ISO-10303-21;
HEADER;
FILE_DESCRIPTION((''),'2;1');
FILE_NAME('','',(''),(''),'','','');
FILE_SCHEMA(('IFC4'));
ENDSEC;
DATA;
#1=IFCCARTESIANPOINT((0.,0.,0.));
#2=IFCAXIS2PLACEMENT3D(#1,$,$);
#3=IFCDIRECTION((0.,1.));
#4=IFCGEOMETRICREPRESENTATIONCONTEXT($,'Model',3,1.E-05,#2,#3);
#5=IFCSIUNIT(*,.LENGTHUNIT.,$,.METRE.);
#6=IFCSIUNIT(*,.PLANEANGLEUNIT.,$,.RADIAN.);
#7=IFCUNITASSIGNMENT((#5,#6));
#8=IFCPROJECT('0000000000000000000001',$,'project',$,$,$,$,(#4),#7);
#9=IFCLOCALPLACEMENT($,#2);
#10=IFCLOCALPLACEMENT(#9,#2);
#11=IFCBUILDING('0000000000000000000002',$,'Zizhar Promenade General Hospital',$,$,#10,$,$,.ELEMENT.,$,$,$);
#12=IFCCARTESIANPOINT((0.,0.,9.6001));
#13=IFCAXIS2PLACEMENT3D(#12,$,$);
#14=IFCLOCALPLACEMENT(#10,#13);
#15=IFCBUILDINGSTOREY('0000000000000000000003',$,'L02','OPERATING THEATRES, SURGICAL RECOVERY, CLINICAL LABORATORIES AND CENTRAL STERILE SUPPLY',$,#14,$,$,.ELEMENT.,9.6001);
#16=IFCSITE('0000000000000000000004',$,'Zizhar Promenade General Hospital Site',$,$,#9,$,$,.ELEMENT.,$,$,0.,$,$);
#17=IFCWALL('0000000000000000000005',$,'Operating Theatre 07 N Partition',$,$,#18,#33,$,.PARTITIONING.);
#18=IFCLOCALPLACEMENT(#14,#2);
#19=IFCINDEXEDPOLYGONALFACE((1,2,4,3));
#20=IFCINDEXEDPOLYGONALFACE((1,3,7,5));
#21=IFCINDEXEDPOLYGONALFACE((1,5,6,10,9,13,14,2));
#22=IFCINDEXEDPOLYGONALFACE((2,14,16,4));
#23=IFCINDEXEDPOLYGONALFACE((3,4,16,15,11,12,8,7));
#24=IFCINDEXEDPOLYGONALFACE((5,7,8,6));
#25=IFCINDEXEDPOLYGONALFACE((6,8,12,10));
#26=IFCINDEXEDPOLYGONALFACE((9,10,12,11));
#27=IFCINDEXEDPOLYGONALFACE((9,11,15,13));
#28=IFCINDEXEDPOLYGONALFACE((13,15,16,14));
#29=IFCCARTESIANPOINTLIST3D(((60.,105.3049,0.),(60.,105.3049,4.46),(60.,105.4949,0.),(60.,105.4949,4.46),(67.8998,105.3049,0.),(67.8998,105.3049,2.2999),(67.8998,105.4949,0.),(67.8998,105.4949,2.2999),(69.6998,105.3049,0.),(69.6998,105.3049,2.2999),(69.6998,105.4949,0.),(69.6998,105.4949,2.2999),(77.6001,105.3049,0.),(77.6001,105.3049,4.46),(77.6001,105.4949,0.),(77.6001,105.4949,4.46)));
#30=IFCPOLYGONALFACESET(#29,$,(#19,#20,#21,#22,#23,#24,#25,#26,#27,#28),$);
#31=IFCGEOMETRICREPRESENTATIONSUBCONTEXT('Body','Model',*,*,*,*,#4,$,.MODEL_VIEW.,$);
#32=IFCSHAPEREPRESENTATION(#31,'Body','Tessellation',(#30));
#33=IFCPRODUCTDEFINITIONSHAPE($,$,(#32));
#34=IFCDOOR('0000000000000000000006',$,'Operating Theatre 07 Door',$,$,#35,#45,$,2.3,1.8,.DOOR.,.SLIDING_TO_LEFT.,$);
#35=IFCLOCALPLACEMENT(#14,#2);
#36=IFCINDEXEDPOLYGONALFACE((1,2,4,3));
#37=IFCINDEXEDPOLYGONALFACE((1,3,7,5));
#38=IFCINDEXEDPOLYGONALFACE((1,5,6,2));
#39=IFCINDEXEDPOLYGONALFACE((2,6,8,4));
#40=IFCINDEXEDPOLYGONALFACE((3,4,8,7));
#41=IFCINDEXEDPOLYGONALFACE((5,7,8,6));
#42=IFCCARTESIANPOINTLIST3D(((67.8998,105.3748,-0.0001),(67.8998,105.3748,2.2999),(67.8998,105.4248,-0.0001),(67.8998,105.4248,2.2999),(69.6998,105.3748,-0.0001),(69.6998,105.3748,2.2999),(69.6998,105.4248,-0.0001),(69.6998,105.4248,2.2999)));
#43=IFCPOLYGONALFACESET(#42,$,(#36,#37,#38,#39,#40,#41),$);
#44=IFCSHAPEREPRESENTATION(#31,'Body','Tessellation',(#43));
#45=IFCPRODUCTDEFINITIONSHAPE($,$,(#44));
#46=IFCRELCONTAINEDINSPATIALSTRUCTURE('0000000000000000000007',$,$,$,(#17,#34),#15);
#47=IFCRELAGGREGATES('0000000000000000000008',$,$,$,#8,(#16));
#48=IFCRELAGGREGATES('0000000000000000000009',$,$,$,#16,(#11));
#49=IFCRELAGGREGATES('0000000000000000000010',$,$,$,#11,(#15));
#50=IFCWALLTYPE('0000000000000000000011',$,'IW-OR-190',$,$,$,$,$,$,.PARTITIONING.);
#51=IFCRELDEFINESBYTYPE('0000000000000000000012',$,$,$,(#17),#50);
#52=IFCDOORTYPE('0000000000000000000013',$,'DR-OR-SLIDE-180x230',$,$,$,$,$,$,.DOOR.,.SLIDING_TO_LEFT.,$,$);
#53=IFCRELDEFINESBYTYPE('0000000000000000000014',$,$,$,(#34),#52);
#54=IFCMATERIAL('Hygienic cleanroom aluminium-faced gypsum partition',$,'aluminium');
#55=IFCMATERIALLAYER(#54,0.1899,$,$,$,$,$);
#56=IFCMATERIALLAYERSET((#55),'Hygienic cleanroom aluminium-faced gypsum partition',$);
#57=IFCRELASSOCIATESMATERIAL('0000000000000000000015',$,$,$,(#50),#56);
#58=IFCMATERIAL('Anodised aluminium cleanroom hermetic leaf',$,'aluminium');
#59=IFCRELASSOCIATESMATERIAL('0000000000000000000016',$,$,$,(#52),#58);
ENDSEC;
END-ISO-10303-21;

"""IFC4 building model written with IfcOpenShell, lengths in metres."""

from ifc_helpers import new_model, si_unit, direction, frame, frame_2d, origin, place, context, subcontext, project, spatial, rectangle, extrude, material, layer, layer_set, type_object, element, fill, save


model = new_model("IFC4")

# Units and contexts
model_context = context("Model", 3, precision=1e-05, world=origin(), true_north=direction((0.0, 1.0)))
body_context = subcontext(model_context, "Body", "Model", "MODEL_VIEW")
ifc_project = project(units=[si_unit("LENGTHUNIT", "METRE"), si_unit("PLANEANGLEUNIT", "RADIAN")], contexts=[model_context])

# Site, building, storey
site_placement = place(None, origin())
site = spatial("IfcSite", under=ifc_project, at=site_placement, Name="Zizhar Promenade General Hospital Site", CompositionType="ELEMENT", RefElevation=0.0)
building_placement = place(site_placement, origin())
building = spatial("IfcBuilding", under=site, at=building_placement, Name="Zizhar Promenade General Hospital", CompositionType="ELEMENT")
storey_placement = place(building_placement, frame((0.0, 0.0, 9.6001)))
storey = spatial("IfcBuildingStorey", under=building, at=storey_placement, Name="L02", Description="OPERATING THEATRES, SURGICAL RECOVERY, CLINICAL LABORATORIES AND CENTRAL STERILE SUPPLY", CompositionType="ELEMENT", Elevation=9.6001)

# Shared definitions
ifc_material_1 = material(Name="Hygienic cleanroom aluminium-faced gypsum partition", Category="aluminium")
ifc_layer_1 = layer(ifc_material_1, 0.1899)
ifc_layer_set_1 = layer_set([ifc_layer_1], Name="Hygienic cleanroom aluminium-faced gypsum partition")
wall_type = type_object("IfcWallType", Name="IW-OR-190", PredefinedType="PARTITIONING", material=ifc_layer_set_1)

# Wall, opening, door
wall_1_placement = place(storey_placement, frame((60.0, 105.3999, 0.0), z_axis=(0.0, 0.0, 1.0), x_axis=(1.0, 0.0, 0.0)))
wall_1 = element("IfcWall", 1, at=wall_1_placement, inside=storey, type_object=wall_type, Name="Operating Theatre 07 N Partition", PredefinedType="PARTITIONING", context=body_context, shape_type="SweptSolid", body=[
    extrude(rectangle(XDim=17.6001, YDim=0.1899, at=frame_2d((8.8, 0.0))), origin(), (0.0, 0.0, 1.0), 4.46),
])
opening_placement = place(wall_1_placement, frame((7.8999, 0.0, 0.0)))
opening = element("IfcOpeningElement", 2, at=opening_placement, cuts=wall_1, PredefinedType="OPENING", context=body_context, shape_type="SweptSolid", body=[
    extrude(rectangle(XDim=1.8, YDim=2.3, at=frame_2d((0.8999, 1.1499))), frame((0.0, 0.105, 0.0), z_axis=(0.0, -1.0, 0.0), x_axis=(1.0, 0.0, 0.0)), (0.0, 0.0, 1.0), 0.21),
])
ifc_material_2 = material(Name="Anodised aluminium cleanroom hermetic leaf", Category="aluminium")
door_type = type_object("IfcDoorType", Name="DR-OR-SLIDE-180x230", OperationType="SLIDING_TO_LEFT", PredefinedType="DOOR", material=ifc_material_2)
door_placement = place(opening_placement, origin())
door = element("IfcDoor", 3, at=door_placement, inside=storey, type_object=door_type, Name="Operating Theatre 07 Door", OperationType="SLIDING_TO_LEFT", OverallHeight=2.3, OverallWidth=1.8, PredefinedType="DOOR", context=body_context, shape_type="SweptSolid", body=[
    extrude(rectangle(XDim=1.8, YDim=2.3, at=frame_2d((0.8999, 1.1499))), frame((0.0, 0.0249, 0.0), z_axis=(0.0, -1.0, 0.0), x_axis=(1.0, 0.0, 0.0)), (0.0, 0.0, 1.0), 0.05),
])
fill(opening, door)

save(model, "model.ifc")
